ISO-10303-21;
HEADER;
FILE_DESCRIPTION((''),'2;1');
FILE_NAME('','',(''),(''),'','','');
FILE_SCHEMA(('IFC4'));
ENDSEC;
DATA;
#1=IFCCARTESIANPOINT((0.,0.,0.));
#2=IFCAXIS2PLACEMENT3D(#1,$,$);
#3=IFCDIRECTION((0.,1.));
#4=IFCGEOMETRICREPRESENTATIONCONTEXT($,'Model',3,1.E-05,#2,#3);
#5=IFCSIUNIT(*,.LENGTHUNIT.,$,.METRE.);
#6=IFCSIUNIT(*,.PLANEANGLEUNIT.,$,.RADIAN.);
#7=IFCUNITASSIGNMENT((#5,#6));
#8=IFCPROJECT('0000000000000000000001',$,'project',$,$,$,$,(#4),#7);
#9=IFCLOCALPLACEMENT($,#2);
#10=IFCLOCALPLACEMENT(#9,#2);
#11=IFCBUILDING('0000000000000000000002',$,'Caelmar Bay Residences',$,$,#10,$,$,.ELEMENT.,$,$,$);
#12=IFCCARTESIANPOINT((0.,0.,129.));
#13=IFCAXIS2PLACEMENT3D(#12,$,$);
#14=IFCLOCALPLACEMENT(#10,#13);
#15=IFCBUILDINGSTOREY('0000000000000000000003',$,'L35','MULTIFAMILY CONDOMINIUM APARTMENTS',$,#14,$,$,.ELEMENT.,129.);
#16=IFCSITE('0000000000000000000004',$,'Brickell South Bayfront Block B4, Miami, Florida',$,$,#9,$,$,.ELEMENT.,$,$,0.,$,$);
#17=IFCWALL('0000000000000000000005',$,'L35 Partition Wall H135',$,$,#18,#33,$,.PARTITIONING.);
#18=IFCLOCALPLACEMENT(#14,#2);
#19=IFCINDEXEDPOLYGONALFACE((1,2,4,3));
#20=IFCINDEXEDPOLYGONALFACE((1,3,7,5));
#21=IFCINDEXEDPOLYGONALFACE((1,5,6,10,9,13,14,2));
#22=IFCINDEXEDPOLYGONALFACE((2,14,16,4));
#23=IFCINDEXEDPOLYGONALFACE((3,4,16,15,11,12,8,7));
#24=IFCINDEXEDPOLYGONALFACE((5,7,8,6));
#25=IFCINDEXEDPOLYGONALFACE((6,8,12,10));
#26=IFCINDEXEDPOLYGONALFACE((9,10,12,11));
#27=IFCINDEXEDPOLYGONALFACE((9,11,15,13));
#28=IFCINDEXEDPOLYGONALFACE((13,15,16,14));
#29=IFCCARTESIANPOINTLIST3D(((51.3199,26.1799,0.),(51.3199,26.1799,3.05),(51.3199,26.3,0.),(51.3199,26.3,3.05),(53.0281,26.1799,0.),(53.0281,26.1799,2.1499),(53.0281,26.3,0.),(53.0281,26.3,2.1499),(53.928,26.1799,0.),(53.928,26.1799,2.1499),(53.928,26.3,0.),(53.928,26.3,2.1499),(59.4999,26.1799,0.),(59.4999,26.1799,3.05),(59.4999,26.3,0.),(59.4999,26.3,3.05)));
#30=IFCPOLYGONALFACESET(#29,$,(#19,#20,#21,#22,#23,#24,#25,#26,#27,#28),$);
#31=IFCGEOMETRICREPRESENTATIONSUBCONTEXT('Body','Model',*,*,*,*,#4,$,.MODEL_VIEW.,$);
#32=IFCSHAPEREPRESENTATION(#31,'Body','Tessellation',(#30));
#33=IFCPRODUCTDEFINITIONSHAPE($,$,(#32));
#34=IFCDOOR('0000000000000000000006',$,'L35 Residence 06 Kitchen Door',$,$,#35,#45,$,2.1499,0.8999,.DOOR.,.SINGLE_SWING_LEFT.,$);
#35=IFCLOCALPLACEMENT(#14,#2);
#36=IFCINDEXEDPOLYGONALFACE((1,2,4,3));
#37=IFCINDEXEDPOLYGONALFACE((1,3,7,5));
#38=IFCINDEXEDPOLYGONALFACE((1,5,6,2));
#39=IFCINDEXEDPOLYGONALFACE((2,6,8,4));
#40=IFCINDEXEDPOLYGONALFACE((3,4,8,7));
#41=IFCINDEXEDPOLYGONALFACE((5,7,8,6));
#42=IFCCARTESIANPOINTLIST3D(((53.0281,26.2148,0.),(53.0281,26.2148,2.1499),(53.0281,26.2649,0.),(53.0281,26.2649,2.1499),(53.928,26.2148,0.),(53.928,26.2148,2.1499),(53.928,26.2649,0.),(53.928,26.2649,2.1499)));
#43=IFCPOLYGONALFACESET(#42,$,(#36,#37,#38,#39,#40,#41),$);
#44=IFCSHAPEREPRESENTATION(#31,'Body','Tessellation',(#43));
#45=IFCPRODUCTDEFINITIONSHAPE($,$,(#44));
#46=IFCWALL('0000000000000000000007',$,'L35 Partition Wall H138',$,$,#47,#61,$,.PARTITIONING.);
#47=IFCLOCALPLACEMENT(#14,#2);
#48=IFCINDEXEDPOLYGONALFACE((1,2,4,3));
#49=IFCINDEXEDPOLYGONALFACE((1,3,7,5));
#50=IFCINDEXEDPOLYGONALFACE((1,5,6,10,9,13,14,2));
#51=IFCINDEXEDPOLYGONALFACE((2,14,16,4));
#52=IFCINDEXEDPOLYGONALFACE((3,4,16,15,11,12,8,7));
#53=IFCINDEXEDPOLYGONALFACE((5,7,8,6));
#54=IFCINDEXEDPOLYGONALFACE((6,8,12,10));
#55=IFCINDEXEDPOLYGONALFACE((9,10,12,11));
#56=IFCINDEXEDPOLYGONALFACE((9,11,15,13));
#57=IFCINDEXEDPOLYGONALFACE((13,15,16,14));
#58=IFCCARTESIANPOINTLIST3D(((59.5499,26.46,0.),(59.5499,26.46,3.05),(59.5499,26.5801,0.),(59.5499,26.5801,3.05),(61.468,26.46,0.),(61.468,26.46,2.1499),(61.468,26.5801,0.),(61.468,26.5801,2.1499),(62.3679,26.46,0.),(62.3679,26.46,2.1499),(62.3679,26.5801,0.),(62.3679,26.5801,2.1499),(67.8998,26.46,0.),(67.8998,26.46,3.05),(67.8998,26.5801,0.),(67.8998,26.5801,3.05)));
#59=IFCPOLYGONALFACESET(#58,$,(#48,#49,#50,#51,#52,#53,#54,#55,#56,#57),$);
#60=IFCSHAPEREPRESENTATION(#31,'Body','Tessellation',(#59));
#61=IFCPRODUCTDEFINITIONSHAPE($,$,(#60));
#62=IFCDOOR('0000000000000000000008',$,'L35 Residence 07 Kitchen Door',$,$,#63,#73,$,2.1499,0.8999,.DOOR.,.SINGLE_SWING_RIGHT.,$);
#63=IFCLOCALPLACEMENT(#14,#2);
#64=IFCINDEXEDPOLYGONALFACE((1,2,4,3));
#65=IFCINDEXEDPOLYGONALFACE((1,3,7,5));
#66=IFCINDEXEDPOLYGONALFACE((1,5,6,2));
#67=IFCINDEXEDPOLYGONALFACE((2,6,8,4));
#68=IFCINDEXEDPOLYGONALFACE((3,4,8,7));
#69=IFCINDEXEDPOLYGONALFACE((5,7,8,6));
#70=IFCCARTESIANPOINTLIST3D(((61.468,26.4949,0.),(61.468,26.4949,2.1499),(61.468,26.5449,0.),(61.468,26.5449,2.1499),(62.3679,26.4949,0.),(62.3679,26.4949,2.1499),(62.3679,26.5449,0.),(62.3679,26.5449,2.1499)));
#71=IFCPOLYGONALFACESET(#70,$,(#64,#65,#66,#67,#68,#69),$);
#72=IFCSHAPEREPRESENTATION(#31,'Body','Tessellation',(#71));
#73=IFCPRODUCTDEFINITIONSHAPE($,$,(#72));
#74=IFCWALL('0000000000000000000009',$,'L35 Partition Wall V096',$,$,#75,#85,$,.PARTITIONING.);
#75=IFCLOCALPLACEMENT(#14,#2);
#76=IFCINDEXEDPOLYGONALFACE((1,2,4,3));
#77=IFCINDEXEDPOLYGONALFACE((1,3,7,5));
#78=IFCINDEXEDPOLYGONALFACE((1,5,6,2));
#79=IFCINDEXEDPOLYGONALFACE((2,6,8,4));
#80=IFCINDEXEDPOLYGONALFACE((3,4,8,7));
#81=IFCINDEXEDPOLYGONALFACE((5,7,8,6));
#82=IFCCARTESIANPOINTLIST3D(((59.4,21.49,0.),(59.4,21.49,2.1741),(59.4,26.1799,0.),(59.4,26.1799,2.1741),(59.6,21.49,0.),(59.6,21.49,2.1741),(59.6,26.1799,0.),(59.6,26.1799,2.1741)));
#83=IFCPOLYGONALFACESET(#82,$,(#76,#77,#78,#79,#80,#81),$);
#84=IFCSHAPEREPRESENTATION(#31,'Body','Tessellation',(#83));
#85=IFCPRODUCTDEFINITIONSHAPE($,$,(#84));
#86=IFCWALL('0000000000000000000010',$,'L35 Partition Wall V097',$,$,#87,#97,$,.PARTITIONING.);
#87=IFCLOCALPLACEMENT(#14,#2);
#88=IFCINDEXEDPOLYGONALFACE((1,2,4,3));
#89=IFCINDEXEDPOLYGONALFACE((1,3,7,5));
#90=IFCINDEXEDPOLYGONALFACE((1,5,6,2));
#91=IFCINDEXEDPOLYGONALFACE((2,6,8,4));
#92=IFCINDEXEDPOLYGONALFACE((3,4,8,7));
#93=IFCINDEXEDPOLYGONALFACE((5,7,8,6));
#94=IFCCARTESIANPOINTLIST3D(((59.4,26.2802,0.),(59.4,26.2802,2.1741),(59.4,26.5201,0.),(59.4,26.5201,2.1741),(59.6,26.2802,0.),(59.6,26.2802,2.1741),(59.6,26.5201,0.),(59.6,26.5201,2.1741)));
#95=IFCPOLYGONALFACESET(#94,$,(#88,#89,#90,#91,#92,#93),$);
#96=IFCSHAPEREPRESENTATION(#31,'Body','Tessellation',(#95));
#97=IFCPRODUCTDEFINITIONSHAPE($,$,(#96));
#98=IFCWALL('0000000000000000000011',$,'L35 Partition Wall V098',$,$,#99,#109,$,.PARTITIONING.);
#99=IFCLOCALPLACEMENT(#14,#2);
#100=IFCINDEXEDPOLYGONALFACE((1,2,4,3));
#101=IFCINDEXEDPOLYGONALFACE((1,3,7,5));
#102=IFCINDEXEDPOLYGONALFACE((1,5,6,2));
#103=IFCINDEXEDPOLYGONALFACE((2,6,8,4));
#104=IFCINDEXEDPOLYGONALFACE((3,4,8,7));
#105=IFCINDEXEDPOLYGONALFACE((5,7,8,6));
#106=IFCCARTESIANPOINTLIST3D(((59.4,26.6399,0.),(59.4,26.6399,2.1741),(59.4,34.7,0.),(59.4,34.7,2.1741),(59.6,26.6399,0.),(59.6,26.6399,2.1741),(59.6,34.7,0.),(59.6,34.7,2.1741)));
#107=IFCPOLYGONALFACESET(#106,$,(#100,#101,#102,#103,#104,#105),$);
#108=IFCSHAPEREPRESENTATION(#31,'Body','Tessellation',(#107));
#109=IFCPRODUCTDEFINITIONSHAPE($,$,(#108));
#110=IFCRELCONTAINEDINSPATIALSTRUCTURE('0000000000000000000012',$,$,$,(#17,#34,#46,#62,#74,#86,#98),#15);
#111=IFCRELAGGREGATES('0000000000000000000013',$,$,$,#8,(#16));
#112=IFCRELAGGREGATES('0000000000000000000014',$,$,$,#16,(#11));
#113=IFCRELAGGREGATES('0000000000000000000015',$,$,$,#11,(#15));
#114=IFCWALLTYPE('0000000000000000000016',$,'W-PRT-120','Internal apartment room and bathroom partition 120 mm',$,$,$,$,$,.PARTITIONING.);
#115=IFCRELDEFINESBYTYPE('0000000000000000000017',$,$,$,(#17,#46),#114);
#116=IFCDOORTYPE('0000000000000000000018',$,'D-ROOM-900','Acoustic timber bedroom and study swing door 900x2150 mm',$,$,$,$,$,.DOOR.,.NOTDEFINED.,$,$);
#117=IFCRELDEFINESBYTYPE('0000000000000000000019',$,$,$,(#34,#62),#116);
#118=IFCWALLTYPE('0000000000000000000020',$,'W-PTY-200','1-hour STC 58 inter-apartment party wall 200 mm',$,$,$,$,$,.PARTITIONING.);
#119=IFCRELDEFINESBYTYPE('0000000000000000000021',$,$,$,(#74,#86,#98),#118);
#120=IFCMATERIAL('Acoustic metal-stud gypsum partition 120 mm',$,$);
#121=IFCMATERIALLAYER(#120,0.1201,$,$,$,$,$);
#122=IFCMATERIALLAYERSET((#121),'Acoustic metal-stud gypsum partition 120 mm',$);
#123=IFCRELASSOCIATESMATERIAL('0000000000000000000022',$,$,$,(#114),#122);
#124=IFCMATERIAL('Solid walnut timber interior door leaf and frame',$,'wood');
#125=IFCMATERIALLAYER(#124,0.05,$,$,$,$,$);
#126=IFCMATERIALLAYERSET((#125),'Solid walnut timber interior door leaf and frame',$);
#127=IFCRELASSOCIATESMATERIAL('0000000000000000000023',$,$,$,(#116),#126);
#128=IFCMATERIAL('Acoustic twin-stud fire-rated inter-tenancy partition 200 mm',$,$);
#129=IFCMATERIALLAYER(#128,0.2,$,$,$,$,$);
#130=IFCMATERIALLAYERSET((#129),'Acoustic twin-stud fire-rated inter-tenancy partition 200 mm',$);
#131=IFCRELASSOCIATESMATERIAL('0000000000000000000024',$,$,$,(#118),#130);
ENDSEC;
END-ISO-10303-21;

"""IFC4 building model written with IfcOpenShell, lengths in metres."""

from ifc_helpers import new_model, si_unit, direction, frame, frame_2d, origin, place, context, subcontext, project, spatial, rectangle, extrude, material, layer, layer_set, type_object, element, fill, save


model = new_model("IFC4")

# Units and contexts
model_context = context("Model", 3, precision=1e-05, world=origin(), true_north=direction((0.0, 1.0)))
body_context = subcontext(model_context, "Body", "Model", "MODEL_VIEW")
ifc_project = project(units=[si_unit("LENGTHUNIT", "METRE"), si_unit("PLANEANGLEUNIT", "RADIAN")], contexts=[model_context])

# Site, building, storey
site_placement = place(None, origin())
site = spatial("IfcSite", under=ifc_project, at=site_placement, Name="Brickell South Bayfront Block B4, Miami, Florida", CompositionType="ELEMENT", RefElevation=0.0)
building_placement = place(site_placement, origin())
building = spatial("IfcBuilding", under=site, at=building_placement, Name="Caelmar Bay Residences", CompositionType="ELEMENT")
storey_placement = place(building_placement, frame((0.0, 0.0, 129.0)))
storey = spatial("IfcBuildingStorey", under=building, at=storey_placement, Name="L35", Description="MULTIFAMILY CONDOMINIUM APARTMENTS", CompositionType="ELEMENT", Elevation=129.0)

# Shared definitions
ifc_material_1 = material(Name="Acoustic metal-stud gypsum partition 120 mm")
ifc_layer_1 = layer(ifc_material_1, 0.1201)
ifc_layer_set_1 = layer_set([ifc_layer_1], Name="Acoustic metal-stud gypsum partition 120 mm")
wall_type_1 = type_object("IfcWallType", Name="W-PRT-120", Description="Internal apartment room and bathroom partition 120 mm", PredefinedType="PARTITIONING", material=ifc_layer_set_1)
ifc_material_2 = material(Name="Solid walnut timber interior door leaf and frame", Category="wood")
ifc_layer_2 = layer(ifc_material_2, 0.05)
ifc_layer_set_2 = layer_set([ifc_layer_2], Name="Solid walnut timber interior door leaf and frame")
door_type_1 = type_object("IfcDoorType", Name="D-ROOM-900", Description="Acoustic timber bedroom and study swing door 900x2150 mm", OperationType="NOTDEFINED", PredefinedType="DOOR", material=ifc_layer_set_2)

# Walls, openings, doors
wall_1_placement = place(storey_placement, frame((51.3201, 26.24, 0.0), z_axis=(0.0, 0.0, 1.0), x_axis=(1.0, 0.0, 0.0)))
wall_1 = element("IfcWall", 1, at=wall_1_placement, inside=storey, type_object=wall_type_1, Name="L35 Partition Wall H135", PredefinedType="PARTITIONING", context=body_context, shape_type="SweptSolid", body=[
    extrude(rectangle(XDim=8.1799, YDim=0.1201, at=frame_2d((4.0898, 0.0))), origin(), (0.0, 0.0, 1.0), 3.05),
])
opening_1_placement = place(wall_1_placement, frame((1.708, 0.0, 0.0)))
opening_1 = element("IfcOpeningElement", 2, at=opening_1_placement, cuts=wall_1, PredefinedType="OPENING", context=body_context, shape_type="SweptSolid", body=[
    extrude(rectangle(XDim=0.8999, YDim=2.1499, at=frame_2d((0.45, 1.075))), frame((0.0, 0.0701, 0.0), z_axis=(0.0, -1.0, 0.0), x_axis=(1.0, 0.0, 0.0)), (0.0, 0.0, 1.0), 0.1401),
])
door_1_placement = place(opening_1_placement, origin())
door_1 = element("IfcDoor", 3, at=door_1_placement, inside=storey, type_object=door_type_1, Name="L35 Residence 06 Kitchen Door", OperationType="SINGLE_SWING_LEFT", OverallHeight=2.1499, OverallWidth=0.8999, PredefinedType="DOOR", context=body_context, shape_type="SweptSolid", body=[
    extrude(rectangle(XDim=0.8999, YDim=2.1499, at=frame_2d((0.45, 1.075))), frame((0.0, 0.0249, 0.0), z_axis=(0.0, -1.0, 0.0), x_axis=(1.0, 0.0, 0.0)), (0.0, 0.0, 1.0), 0.05),
])
fill(opening_1, door_1)
wall_2_placement = place(storey_placement, frame((59.55, 26.52, 0.0), z_axis=(0.0, 0.0, 1.0), x_axis=(1.0, 0.0, 0.0)))
wall_2 = element("IfcWall", 4, at=wall_2_placement, inside=storey, type_object=wall_type_1, Name="L35 Partition Wall H138", PredefinedType="PARTITIONING", context=body_context, shape_type="SweptSolid", body=[
    extrude(rectangle(XDim=8.3499, YDim=0.1201, at=frame_2d((4.1748, 0.0))), origin(), (0.0, 0.0, 1.0), 3.05),
])
opening_2_placement = place(wall_2_placement, frame((1.918, 0.0, 0.0)))
opening_2 = element("IfcOpeningElement", 5, at=opening_2_placement, cuts=wall_2, PredefinedType="OPENING", context=body_context, shape_type="SweptSolid", body=[
    extrude(rectangle(XDim=0.8999, YDim=2.1499, at=frame_2d((0.45, 1.075))), frame((0.0, 0.0701, 0.0), z_axis=(0.0, -1.0, 0.0), x_axis=(1.0, 0.0, 0.0)), (0.0, 0.0, 1.0), 0.1401),
])
door_2_placement = place(opening_2_placement, origin())
door_2 = element("IfcDoor", 6, at=door_2_placement, inside=storey, type_object=door_type_1, Name="L35 Residence 07 Kitchen Door", OperationType="SINGLE_SWING_RIGHT", OverallHeight=2.1499, OverallWidth=0.8999, PredefinedType="DOOR", context=body_context, shape_type="SweptSolid", body=[
    extrude(rectangle(XDim=0.8999, YDim=2.1499, at=frame_2d((0.45, 1.075))), frame((0.0, 0.0249, 0.0), z_axis=(0.0, -1.0, 0.0), x_axis=(1.0, 0.0, 0.0)), (0.0, 0.0, 1.0), 0.05),
])
fill(opening_2, door_2)

# Walls
ifc_material_3 = material(Name="Acoustic twin-stud fire-rated inter-tenancy partition 200 mm")
ifc_layer_3 = layer(ifc_material_3, 0.2)
ifc_layer_set_3 = layer_set([ifc_layer_3], Name="Acoustic twin-stud fire-rated inter-tenancy partition 200 mm")
wall_type_2 = type_object("IfcWallType", Name="W-PTY-200", Description="1-hour STC 58 inter-apartment party wall 200 mm", PredefinedType="PARTITIONING", material=ifc_layer_set_3)
wall_3_placement = place(storey_placement, frame((59.5, 21.49, 0.0), z_axis=(0.0, 0.0, 1.0), x_axis=(0.0, 1.0, 0.0)))
element("IfcWall", 7, at=wall_3_placement, inside=storey, type_object=wall_type_2, Name="L35 Partition Wall V096", PredefinedType="PARTITIONING", context=body_context, shape_type="SweptSolid", body=[
    extrude(rectangle(XDim=4.6899, YDim=0.2, at=frame_2d((2.345, 0.0))), origin(), (0.0, 0.0, 1.0), 2.1741),
])
wall_4_placement = place(storey_placement, frame((59.5, 26.28, 0.0), z_axis=(0.0, 0.0, 1.0), x_axis=(0.0, 1.0, 0.0)))
element("IfcWall", 8, at=wall_4_placement, inside=storey, type_object=wall_type_2, Name="L35 Partition Wall V097", PredefinedType="PARTITIONING", context=body_context, shape_type="SweptSolid", body=[
    extrude(rectangle(XDim=0.24, YDim=0.2, at=frame_2d((0.1201, 0.0))), origin(), (0.0, 0.0, 1.0), 2.1741),
])
wall_5_placement = place(storey_placement, frame((59.5, 26.6399, 0.0), z_axis=(0.0, 0.0, 1.0), x_axis=(0.0, 1.0, 0.0)))
element("IfcWall", 9, at=wall_5_placement, inside=storey, type_object=wall_type_2, Name="L35 Partition Wall V098", PredefinedType="PARTITIONING", context=body_context, shape_type="SweptSolid", body=[
    extrude(rectangle(XDim=8.0601, YDim=0.2, at=frame_2d((4.03, 0.0))), origin(), (0.0, 0.0, 1.0), 2.1741),
])

save(model, "model.ifc")
